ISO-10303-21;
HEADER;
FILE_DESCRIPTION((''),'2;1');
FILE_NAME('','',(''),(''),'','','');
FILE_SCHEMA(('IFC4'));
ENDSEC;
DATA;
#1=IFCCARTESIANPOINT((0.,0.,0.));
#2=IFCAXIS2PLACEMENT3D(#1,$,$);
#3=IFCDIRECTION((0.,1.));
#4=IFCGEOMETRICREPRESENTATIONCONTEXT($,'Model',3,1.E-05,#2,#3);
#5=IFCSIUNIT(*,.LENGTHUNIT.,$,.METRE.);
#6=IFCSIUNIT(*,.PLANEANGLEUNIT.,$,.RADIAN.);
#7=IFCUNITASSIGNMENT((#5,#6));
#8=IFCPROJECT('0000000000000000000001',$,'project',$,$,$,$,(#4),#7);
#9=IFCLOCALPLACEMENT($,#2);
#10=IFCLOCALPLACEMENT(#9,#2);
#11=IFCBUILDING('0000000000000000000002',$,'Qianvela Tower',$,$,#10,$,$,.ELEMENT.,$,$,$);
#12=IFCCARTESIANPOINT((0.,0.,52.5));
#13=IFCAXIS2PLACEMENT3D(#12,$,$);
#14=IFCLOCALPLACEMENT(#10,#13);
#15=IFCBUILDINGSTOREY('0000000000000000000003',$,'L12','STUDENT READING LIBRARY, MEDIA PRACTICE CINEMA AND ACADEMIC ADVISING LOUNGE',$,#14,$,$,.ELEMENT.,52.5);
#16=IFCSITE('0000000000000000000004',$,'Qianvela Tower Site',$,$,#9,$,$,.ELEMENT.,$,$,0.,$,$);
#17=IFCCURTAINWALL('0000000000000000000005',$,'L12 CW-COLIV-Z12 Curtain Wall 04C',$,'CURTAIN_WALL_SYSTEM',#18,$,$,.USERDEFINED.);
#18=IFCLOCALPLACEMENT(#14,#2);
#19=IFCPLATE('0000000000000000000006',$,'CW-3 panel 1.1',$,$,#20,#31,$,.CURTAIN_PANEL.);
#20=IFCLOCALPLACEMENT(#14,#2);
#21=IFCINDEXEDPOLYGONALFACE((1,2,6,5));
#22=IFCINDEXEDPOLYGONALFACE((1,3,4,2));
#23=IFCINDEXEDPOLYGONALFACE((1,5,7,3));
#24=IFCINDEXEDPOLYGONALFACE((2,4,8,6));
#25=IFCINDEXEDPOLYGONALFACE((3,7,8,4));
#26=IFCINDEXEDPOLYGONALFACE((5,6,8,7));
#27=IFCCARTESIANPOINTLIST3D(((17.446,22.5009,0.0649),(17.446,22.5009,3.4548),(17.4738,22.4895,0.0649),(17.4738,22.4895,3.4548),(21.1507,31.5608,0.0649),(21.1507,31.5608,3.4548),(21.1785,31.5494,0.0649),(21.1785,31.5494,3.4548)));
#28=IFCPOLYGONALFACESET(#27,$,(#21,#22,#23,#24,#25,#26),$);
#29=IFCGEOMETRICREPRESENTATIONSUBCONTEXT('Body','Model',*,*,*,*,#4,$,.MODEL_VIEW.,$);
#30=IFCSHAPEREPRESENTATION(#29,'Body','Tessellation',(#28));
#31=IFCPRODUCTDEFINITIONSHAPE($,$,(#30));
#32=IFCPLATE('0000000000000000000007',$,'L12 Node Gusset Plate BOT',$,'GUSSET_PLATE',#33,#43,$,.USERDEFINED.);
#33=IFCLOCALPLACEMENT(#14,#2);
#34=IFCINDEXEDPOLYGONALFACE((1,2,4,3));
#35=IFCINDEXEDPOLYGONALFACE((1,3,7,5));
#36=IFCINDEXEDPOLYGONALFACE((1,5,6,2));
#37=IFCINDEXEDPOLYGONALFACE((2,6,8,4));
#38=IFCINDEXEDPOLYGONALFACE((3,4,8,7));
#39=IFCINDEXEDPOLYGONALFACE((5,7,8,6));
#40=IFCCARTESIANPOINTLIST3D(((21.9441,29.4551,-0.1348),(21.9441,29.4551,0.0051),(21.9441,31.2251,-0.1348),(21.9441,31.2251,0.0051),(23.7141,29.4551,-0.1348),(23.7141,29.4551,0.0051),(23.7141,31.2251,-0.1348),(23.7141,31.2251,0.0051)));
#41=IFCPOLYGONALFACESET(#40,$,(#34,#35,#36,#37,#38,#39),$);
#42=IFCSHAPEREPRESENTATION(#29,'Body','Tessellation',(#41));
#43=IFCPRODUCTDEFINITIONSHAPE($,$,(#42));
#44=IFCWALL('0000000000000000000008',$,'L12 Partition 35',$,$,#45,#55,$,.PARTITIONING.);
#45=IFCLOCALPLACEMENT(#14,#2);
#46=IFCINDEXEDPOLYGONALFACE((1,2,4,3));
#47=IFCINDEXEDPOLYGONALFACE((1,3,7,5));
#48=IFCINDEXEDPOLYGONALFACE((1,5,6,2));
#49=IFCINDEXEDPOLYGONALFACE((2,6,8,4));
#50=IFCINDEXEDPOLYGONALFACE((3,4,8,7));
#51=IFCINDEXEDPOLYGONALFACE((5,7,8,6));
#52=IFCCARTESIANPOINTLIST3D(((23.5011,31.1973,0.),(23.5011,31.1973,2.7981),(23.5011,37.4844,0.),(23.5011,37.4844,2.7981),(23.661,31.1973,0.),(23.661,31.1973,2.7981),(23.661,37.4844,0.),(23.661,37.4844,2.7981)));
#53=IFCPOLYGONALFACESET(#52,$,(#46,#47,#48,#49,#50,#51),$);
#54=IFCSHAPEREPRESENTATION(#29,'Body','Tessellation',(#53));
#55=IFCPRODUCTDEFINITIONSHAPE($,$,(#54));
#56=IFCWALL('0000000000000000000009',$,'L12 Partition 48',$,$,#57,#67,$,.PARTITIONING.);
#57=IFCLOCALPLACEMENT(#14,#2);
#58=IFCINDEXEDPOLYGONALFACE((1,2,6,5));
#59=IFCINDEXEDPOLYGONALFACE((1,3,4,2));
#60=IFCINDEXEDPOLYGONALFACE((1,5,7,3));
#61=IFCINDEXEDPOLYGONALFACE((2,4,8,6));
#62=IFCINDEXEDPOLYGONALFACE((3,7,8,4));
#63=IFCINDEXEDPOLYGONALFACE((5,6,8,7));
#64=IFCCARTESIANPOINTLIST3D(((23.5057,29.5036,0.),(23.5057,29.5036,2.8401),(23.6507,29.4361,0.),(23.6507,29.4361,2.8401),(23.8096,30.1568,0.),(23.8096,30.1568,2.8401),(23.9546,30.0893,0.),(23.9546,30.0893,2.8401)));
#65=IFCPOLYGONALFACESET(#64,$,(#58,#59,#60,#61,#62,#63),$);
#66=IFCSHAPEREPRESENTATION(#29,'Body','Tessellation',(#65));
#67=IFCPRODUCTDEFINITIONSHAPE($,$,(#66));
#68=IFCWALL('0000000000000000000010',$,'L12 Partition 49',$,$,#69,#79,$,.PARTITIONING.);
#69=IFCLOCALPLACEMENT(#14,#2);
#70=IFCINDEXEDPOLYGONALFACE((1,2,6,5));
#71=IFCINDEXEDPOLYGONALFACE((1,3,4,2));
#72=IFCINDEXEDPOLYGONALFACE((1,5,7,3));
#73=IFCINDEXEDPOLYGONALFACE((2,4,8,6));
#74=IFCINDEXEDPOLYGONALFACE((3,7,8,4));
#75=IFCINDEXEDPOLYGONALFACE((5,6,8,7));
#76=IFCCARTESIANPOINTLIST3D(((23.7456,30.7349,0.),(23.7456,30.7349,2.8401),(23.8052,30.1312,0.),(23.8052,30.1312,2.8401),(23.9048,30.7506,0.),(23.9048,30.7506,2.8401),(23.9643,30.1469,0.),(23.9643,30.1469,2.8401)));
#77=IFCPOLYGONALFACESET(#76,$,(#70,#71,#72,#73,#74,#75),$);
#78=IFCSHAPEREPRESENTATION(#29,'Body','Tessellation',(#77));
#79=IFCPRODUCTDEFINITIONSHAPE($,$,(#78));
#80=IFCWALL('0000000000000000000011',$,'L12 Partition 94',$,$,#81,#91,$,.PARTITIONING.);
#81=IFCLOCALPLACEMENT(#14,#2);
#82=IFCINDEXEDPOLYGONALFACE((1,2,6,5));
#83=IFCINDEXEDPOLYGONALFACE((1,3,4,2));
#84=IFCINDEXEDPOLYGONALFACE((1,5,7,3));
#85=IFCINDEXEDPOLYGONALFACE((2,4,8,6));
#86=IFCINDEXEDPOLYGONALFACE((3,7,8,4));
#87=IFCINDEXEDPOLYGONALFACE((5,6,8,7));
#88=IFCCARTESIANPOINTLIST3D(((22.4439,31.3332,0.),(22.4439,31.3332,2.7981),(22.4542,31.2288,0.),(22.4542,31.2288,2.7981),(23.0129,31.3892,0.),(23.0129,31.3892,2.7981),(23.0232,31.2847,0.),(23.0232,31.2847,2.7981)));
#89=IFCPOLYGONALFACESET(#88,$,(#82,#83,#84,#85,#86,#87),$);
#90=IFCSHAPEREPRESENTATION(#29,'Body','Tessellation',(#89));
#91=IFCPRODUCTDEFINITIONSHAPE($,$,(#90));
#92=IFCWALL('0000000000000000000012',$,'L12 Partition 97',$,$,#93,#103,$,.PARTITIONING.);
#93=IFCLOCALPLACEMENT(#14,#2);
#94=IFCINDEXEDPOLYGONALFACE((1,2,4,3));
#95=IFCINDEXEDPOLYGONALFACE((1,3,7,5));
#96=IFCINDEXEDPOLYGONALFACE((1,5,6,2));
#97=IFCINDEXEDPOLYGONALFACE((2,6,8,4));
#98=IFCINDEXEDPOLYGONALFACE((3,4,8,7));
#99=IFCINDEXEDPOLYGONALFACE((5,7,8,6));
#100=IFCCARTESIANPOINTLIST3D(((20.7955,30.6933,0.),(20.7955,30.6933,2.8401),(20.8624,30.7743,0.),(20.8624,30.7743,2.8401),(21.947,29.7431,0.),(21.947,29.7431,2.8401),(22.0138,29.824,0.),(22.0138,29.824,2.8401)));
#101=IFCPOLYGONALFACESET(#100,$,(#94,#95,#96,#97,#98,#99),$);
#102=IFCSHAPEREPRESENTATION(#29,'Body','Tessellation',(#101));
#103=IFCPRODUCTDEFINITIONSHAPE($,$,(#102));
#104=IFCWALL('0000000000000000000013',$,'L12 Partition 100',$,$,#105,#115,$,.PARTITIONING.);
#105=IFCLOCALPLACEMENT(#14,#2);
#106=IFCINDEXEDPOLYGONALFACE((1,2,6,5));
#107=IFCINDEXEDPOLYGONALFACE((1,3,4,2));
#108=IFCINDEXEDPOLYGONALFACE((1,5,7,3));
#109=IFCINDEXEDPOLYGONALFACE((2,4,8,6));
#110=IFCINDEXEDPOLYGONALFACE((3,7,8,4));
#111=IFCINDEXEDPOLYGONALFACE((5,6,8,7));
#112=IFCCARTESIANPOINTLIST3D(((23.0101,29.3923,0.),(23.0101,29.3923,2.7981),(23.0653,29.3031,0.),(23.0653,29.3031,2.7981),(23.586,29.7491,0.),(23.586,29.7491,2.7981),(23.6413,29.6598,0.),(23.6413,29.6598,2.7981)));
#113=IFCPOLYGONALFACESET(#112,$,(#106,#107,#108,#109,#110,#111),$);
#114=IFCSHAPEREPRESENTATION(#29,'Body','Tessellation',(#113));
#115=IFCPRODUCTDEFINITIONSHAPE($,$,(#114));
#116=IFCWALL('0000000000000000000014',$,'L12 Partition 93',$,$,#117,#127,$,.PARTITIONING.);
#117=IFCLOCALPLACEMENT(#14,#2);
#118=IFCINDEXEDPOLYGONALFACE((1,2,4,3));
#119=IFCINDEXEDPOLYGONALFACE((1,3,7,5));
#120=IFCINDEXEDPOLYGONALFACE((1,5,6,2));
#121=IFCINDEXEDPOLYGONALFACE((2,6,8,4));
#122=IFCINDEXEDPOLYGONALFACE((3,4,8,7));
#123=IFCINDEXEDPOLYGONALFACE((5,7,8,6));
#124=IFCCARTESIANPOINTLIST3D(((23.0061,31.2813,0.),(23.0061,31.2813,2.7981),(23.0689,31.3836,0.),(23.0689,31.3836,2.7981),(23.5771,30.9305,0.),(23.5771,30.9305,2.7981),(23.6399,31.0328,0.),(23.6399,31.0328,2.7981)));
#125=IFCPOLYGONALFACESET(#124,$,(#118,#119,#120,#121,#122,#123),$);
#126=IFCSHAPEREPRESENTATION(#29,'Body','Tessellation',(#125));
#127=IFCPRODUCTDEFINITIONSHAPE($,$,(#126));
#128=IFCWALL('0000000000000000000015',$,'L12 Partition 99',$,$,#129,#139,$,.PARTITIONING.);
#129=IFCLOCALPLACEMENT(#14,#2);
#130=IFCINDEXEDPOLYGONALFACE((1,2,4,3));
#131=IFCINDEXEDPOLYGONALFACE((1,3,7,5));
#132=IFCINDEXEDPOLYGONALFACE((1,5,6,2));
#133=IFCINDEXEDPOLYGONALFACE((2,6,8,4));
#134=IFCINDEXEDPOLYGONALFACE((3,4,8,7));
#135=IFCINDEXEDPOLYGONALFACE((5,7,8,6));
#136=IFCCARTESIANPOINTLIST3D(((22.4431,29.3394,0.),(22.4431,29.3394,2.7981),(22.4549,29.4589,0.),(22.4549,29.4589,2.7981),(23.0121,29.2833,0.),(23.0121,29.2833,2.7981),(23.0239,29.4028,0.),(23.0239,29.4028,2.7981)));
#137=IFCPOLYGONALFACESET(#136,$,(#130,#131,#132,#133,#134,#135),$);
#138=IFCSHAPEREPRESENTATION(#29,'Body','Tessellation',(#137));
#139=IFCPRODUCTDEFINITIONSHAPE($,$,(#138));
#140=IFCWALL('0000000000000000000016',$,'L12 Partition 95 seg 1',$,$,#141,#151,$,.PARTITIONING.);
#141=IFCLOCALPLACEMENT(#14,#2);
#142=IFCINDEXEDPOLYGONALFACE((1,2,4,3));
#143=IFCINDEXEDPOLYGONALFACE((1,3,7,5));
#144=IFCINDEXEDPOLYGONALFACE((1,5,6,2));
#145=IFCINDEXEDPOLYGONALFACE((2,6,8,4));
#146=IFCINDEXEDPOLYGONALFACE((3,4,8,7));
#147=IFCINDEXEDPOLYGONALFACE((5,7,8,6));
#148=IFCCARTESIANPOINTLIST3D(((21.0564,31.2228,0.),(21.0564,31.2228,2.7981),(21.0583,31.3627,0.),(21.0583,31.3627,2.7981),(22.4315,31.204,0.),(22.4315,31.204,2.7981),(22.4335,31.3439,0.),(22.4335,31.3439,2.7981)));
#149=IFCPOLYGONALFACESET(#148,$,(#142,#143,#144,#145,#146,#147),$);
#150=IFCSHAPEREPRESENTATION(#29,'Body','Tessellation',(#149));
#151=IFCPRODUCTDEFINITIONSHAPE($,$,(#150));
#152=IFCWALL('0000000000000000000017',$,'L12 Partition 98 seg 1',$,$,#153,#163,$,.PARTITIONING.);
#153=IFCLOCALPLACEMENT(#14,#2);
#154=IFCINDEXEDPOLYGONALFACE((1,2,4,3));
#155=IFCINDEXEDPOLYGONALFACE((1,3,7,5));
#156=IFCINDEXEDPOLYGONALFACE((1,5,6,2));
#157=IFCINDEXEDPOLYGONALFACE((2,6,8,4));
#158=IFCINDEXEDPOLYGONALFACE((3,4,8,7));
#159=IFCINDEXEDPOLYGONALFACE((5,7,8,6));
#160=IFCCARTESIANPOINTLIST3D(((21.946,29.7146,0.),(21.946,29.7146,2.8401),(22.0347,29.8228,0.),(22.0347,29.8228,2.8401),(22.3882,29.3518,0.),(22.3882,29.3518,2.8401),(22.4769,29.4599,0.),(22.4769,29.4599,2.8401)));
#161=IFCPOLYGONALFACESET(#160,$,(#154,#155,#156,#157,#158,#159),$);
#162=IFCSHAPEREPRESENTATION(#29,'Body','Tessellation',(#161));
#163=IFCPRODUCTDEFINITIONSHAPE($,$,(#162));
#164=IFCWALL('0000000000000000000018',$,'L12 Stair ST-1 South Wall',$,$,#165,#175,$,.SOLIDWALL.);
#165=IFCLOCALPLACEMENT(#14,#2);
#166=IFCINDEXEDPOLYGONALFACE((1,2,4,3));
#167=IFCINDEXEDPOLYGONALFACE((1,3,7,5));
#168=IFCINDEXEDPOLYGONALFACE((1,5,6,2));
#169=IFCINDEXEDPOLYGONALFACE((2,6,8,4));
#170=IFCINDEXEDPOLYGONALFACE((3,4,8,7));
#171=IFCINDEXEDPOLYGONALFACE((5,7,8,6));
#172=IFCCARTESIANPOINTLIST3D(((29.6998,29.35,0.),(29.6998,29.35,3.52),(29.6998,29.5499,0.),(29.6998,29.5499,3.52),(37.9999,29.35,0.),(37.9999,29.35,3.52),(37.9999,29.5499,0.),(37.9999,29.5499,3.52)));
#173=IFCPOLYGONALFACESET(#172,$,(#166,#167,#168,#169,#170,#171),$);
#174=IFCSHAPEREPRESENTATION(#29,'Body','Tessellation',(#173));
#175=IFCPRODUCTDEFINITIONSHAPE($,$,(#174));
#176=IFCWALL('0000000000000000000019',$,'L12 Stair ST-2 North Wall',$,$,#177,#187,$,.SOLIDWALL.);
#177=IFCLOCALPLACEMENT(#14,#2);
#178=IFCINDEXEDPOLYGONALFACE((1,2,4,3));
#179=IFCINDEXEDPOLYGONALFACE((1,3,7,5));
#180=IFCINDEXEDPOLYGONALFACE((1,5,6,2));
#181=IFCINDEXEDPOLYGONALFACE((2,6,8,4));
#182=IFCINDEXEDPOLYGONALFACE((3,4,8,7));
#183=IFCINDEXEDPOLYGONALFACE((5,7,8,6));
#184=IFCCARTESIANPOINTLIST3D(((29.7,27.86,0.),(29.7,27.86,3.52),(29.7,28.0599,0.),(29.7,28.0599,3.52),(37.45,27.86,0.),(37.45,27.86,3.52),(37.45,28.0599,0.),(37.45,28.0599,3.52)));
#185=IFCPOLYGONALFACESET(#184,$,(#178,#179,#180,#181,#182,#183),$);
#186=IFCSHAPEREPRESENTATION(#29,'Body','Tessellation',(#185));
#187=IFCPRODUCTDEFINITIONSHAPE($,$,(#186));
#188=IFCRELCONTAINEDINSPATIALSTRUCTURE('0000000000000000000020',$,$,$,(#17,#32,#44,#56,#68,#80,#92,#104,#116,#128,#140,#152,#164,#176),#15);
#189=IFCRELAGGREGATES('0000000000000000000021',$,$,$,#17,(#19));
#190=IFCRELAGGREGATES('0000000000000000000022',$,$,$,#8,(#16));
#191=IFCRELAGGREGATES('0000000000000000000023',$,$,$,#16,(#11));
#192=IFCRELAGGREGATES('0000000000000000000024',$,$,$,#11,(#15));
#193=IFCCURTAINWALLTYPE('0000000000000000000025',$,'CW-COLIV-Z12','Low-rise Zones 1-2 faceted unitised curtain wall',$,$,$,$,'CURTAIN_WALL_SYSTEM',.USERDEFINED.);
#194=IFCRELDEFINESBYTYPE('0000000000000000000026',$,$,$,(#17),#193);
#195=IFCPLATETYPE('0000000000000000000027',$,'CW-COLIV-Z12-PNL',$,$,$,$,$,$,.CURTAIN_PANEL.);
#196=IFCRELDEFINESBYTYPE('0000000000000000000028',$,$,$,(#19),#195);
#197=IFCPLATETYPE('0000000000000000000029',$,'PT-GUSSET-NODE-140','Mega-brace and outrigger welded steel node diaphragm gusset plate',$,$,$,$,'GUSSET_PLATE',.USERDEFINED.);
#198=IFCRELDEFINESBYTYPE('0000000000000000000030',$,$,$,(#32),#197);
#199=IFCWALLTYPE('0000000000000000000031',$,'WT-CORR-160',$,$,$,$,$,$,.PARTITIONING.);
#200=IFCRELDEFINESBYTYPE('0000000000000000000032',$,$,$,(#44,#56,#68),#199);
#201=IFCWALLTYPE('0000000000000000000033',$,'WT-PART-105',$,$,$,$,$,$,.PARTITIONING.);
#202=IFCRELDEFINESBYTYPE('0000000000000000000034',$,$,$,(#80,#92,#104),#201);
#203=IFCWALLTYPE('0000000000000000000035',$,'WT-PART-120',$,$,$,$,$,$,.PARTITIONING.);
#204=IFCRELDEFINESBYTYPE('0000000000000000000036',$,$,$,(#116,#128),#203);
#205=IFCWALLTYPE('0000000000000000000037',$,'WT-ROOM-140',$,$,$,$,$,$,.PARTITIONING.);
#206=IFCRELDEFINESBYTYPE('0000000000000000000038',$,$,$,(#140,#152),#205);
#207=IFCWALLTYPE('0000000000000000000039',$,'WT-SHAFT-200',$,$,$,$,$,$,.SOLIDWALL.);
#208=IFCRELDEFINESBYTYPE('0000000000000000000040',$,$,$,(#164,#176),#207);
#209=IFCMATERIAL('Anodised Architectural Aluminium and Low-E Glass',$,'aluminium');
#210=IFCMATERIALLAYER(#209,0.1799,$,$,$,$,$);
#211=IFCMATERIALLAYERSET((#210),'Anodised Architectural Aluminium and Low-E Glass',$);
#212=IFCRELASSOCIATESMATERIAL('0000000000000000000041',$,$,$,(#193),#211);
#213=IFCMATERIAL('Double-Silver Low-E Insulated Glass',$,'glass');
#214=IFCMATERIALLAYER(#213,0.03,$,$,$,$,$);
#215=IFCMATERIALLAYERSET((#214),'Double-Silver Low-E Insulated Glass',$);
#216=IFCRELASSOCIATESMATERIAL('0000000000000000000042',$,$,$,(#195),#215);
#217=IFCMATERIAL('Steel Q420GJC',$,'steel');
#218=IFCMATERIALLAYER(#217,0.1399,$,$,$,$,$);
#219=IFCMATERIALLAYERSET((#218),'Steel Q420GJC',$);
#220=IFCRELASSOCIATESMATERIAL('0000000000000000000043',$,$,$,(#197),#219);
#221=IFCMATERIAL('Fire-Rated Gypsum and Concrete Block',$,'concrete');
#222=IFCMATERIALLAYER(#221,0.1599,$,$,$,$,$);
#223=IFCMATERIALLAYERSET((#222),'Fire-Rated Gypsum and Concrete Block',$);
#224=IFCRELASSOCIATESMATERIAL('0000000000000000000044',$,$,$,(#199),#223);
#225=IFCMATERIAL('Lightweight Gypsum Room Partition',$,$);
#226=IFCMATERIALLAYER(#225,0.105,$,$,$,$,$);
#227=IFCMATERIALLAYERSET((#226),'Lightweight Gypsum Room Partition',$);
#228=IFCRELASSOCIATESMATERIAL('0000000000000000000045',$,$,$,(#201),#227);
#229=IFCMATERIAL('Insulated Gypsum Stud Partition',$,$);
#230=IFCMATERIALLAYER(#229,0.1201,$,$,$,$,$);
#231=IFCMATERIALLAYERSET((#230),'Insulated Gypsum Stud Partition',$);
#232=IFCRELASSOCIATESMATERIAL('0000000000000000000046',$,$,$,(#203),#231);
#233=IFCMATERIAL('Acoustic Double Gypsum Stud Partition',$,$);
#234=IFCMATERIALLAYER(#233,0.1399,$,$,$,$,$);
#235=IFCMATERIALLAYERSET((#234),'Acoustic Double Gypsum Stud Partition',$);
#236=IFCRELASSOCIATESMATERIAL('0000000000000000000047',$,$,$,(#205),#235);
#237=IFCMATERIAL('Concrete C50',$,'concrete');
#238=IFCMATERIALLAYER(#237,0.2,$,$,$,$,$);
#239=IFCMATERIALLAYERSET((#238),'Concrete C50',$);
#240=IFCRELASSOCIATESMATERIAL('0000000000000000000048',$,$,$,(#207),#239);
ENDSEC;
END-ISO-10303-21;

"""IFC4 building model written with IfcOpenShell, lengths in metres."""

from ifc_helpers import new_model, si_unit, direction, frame, frame_2d, origin, origin_2d, place, context, subcontext, project, spatial, rectangle, extrude, material, layer, layer_set, type_object, element, aggregate, save


model = new_model("IFC4")

# Units and contexts
model_context = context("Model", 3, precision=1e-05, world=origin(), true_north=direction((0.0, 1.0)))
body_context = subcontext(model_context, "Body", "Model", "MODEL_VIEW")
ifc_project = project(units=[si_unit("LENGTHUNIT", "METRE"), si_unit("PLANEANGLEUNIT", "RADIAN")], contexts=[model_context])

# Site, building, storey
site_placement = place(None, origin())
site = spatial("IfcSite", under=ifc_project, at=site_placement, Name="Qianvela Tower Site", CompositionType="ELEMENT", RefElevation=0.0)
building_placement = place(site_placement, origin())
building = spatial("IfcBuilding", under=site, at=building_placement, Name="Qianvela Tower", CompositionType="ELEMENT")
storey_placement = place(building_placement, frame((0.0, 0.0, 52.5)))
storey = spatial("IfcBuildingStorey", under=building, at=storey_placement, Name="L12", Description="STUDENT READING LIBRARY, MEDIA PRACTICE CINEMA AND ACADEMIC ADVISING LOUNGE", CompositionType="ELEMENT", Elevation=52.5)

# Curtain wall, plate
ifc_material_1 = material(Name="Anodised Architectural Aluminium and Low-E Glass", Category="aluminium")
ifc_layer_1 = layer(ifc_material_1, 0.1799)
ifc_layer_set_1 = layer_set([ifc_layer_1], Name="Anodised Architectural Aluminium and Low-E Glass")
curtain_wall_type = type_object("IfcCurtainWallType", Name="CW-COLIV-Z12", Description="Low-rise Zones 1-2 faceted unitised curtain wall", ElementType="CURTAIN_WALL_SYSTEM", PredefinedType="USERDEFINED", material=ifc_layer_set_1)
curtain_wall_placement = place(storey_placement, origin())
curtain_wall = element("IfcCurtainWall", 1, at=curtain_wall_placement, inside=storey, type_object=curtain_wall_type, Name="L12 CW-COLIV-Z12 Curtain Wall 04C", ObjectType="CURTAIN_WALL_SYSTEM", PredefinedType="USERDEFINED")
ifc_material_2 = material(Name="Double-Silver Low-E Insulated Glass", Category="glass")
ifc_layer_2 = layer(ifc_material_2, 0.03)
ifc_layer_set_2 = layer_set([ifc_layer_2], Name="Double-Silver Low-E Insulated Glass")
plate_type_1 = type_object("IfcPlateType", Name="CW-COLIV-Z12-PNL", PredefinedType="CURTAIN_PANEL", material=ifc_layer_set_2)
plate_1_placement = place(storey_placement, frame((19.3123, 27.0251, 0.0649), z_axis=(0.0, 0.0, 1.0), x_axis=(-0.378495, -0.925603, 0.0)))
plate_1 = element("IfcPlate", 2, at=plate_1_placement, type_object=plate_type_1, Name="CW-3 panel 1.1", PredefinedType="CURTAIN_PANEL", context=body_context, shape_type="SweptSolid", body=[
    extrude(rectangle(XDim=9.7881, YDim=0.03, at=origin_2d()), origin(), (0.0, 0.0, 1.0), 3.3899),
])
aggregate(curtain_wall, [plate_1])

# Plate
ifc_material_3 = material(Name="Steel Q420GJC", Category="steel")
ifc_layer_3 = layer(ifc_material_3, 0.1399)
ifc_layer_set_3 = layer_set([ifc_layer_3], Name="Steel Q420GJC")
plate_type_2 = type_object("IfcPlateType", Name="PT-GUSSET-NODE-140", Description="Mega-brace and outrigger welded steel node diaphragm gusset plate", ElementType="GUSSET_PLATE", PredefinedType="USERDEFINED", material=ifc_layer_set_3)
plate_2_placement = place(storey_placement, frame((22.8291, 30.3401, -0.1348), z_axis=(0.0, 0.0, 1.0), x_axis=(1.0, 0.0, 0.0)))
element("IfcPlate", 3, at=plate_2_placement, inside=storey, type_object=plate_type_2, Name="L12 Node Gusset Plate BOT", ObjectType="GUSSET_PLATE", PredefinedType="USERDEFINED", context=body_context, shape_type="SweptSolid", body=[
    extrude(rectangle(XDim=1.77, YDim=1.77, at=origin_2d()), origin(), (0.0, 0.0, 1.0), 0.1399),
])

# Walls
ifc_material_4 = material(Name="Fire-Rated Gypsum and Concrete Block", Category="concrete")
ifc_layer_4 = layer(ifc_material_4, 0.1599)
ifc_layer_set_4 = layer_set([ifc_layer_4], Name="Fire-Rated Gypsum and Concrete Block")
wall_type_1 = type_object("IfcWallType", Name="WT-CORR-160", PredefinedType="PARTITIONING", material=ifc_layer_set_4)
wall_1_placement = place(storey_placement, frame((23.5811, 31.1973, 0.0), z_axis=(0.0, 0.0, 1.0), x_axis=(0.0, 1.0, 0.0)))
element("IfcWall", 4, at=wall_1_placement, inside=storey, type_object=wall_type_1, Name="L12 Partition 35", PredefinedType="PARTITIONING", context=body_context, shape_type="SweptSolid", body=[
    extrude(rectangle(XDim=6.2871, YDim=0.1599, at=frame_2d((3.1436, 0.0))), origin(), (0.0, 0.0, 1.0), 2.7981),
])
wall_2_placement = place(storey_placement, frame((23.5781, 29.4697, 0.0), z_axis=(0.0, 0.0, 1.0), x_axis=(0.421828, 0.906676, 0.0)))
element("IfcWall", 5, at=wall_2_placement, inside=storey, type_object=wall_type_1, Name="L12 Partition 48", PredefinedType="PARTITIONING", context=body_context, shape_type="SweptSolid", body=[
    extrude(rectangle(XDim=0.7205, YDim=0.1599, at=frame_2d((0.3604, 0.0))), origin(), (0.0, 0.0, 1.0), 2.8401),
])
wall_3_placement = place(storey_placement, frame((23.8848, 30.1392, 0.0), z_axis=(0.0, 0.0, 1.0), x_axis=(-0.098189, 0.995168, 0.0)))
element("IfcWall", 6, at=wall_3_placement, inside=storey, type_object=wall_type_1, Name="L12 Partition 49", PredefinedType="PARTITIONING", context=body_context, shape_type="SweptSolid", body=[
    extrude(rectangle(XDim=0.6067, YDim=0.1599, at=frame_2d((0.3032, 0.0))), origin(), (0.0, 0.0, 1.0), 2.8401),
])
ifc_material_5 = material(Name="Lightweight Gypsum Room Partition")
ifc_layer_5 = layer(ifc_material_5, 0.105)
ifc_layer_set_5 = layer_set([ifc_layer_5], Name="Lightweight Gypsum Room Partition")
wall_type_2 = type_object("IfcWallType", Name="WT-PART-105", PredefinedType="PARTITIONING", material=ifc_layer_set_5)
wall_4_placement = place(storey_placement, frame((23.0181, 31.3369, 0.0), z_axis=(0.0, 0.0, 1.0), x_axis=(-0.995209, -0.09777, 0.0)))
element("IfcWall", 7, at=wall_4_placement, inside=storey, type_object=wall_type_2, Name="L12 Partition 94", PredefinedType="PARTITIONING", context=body_context, shape_type="SweptSolid", body=[
    extrude(rectangle(XDim=0.5718, YDim=0.105, at=frame_2d((0.2859, 0.0))), origin(), (0.0, 0.0, 1.0), 2.7981),
])
wall_5_placement = place(storey_placement, frame((20.8289, 30.7339, 0.0), z_axis=(0.0, 0.0, 1.0), x_axis=(0.771269, -0.636509, 0.0)))
element("IfcWall", 8, at=wall_5_placement, inside=storey, type_object=wall_type_2, Name="L12 Partition 97", PredefinedType="PARTITIONING", context=body_context, shape_type="SweptSolid", body=[
    extrude(rectangle(XDim=1.4929, YDim=0.105, at=frame_2d((0.7466, 0.0))), origin(), (0.0, 0.0, 1.0), 2.8401),
])
wall_6_placement = place(storey_placement, frame((23.0376, 29.3477, 0.0), z_axis=(0.0, 0.0, 1.0), x_axis=(0.850158, 0.526528, 0.0)))
element("IfcWall", 9, at=wall_6_placement, inside=storey, type_object=wall_type_2, Name="L12 Partition 100", PredefinedType="PARTITIONING", context=body_context, shape_type="SweptSolid", body=[
    extrude(rectangle(XDim=0.6775, YDim=0.105, at=frame_2d((0.3389, 0.0))), origin(), (0.0, 0.0, 1.0), 2.7981),
])
ifc_material_6 = material(Name="Insulated Gypsum Stud Partition")
ifc_layer_6 = layer(ifc_material_6, 0.1201)
ifc_layer_set_6 = layer_set([ifc_layer_6], Name="Insulated Gypsum Stud Partition")
wall_type_3 = type_object("IfcWallType", Name="WT-PART-120", PredefinedType="PARTITIONING", material=ifc_layer_set_6)
wall_7_placement = place(storey_placement, frame((23.6084, 30.9817, 0.0), z_axis=(0.0, 0.0, 1.0), x_axis=(-0.852046, 0.523467, 0.0)))
element("IfcWall", 10, at=wall_7_placement, inside=storey, type_object=wall_type_3, Name="L12 Partition 93", PredefinedType="PARTITIONING", context=body_context, shape_type="SweptSolid", body=[
    extrude(rectangle(XDim=0.6702, YDim=0.1201, at=frame_2d((0.335, 0.0))), origin(), (0.0, 0.0, 1.0), 2.7981),
])
wall_8_placement = place(storey_placement, frame((22.449, 29.3992, 0.0), z_axis=(0.0, 0.0, 1.0), x_axis=(0.995167, -0.098193, 0.0)))
element("IfcWall", 11, at=wall_8_placement, inside=storey, type_object=wall_type_3, Name="L12 Partition 99", PredefinedType="PARTITIONING", context=body_context, shape_type="SweptSolid", body=[
    extrude(rectangle(XDim=0.5718, YDim=0.1201, at=frame_2d((0.2859, 0.0))), origin(), (0.0, 0.0, 1.0), 2.7981),
])
ifc_material_7 = material(Name="Acoustic Double Gypsum Stud Partition")
ifc_layer_7 = layer(ifc_material_7, 0.1399)
ifc_layer_set_7 = layer_set([ifc_layer_7], Name="Acoustic Double Gypsum Stud Partition")
wall_type_4 = type_object("IfcWallType", Name="WT-ROOM-140", PredefinedType="PARTITIONING", material=ifc_layer_set_7)
wall_9_placement = place(storey_placement, frame((22.4324, 31.2739, 0.0), z_axis=(0.0, 0.0, 1.0), x_axis=(-0.999907, 0.013671, 0.0)))
element("IfcWall", 12, at=wall_9_placement, inside=storey, type_object=wall_type_4, Name="L12 Partition 95 seg 1", PredefinedType="PARTITIONING", context=body_context, shape_type="SweptSolid", body=[
    extrude(rectangle(XDim=1.3752, YDim=0.1399, at=frame_2d((0.6875, 0.0))), origin(), (0.0, 0.0, 1.0), 2.7981),
])
wall_10_placement = place(storey_placement, frame((21.9902, 29.7688, 0.0), z_axis=(0.0, 0.0, 1.0), x_axis=(0.773063, -0.63433, 0.0)))
element("IfcWall", 13, at=wall_10_placement, inside=storey, type_object=wall_type_4, Name="L12 Partition 98 seg 1", PredefinedType="PARTITIONING", context=body_context, shape_type="SweptSolid", body=[
    extrude(rectangle(XDim=0.572, YDim=0.1399, at=frame_2d((0.2861, 0.0))), origin(), (0.0, 0.0, 1.0), 2.8401),
])
ifc_material_8 = material(Name="Concrete C50", Category="concrete")
ifc_layer_8 = layer(ifc_material_8, 0.2)
ifc_layer_set_8 = layer_set([ifc_layer_8], Name="Concrete C50")
wall_type_5 = type_object("IfcWallType", Name="WT-SHAFT-200", PredefinedType="SOLIDWALL", material=ifc_layer_set_8)
wall_11_placement = place(storey_placement, frame((29.7, 29.45, 0.0), z_axis=(0.0, 0.0, 1.0), x_axis=(1.0, 0.0, 0.0)))
element("IfcWall", 14, at=wall_11_placement, inside=storey, type_object=wall_type_5, Name="L12 Stair ST-1 South Wall", PredefinedType="SOLIDWALL", context=body_context, shape_type="SweptSolid", body=[
    extrude(rectangle(XDim=8.3, YDim=0.2, at=frame_2d((4.1499, 0.0))), origin(), (0.0, 0.0, 1.0), 3.52),
])
wall_12_placement = place(storey_placement, frame((29.7, 27.96, 0.0), z_axis=(0.0, 0.0, 1.0), x_axis=(1.0, 0.0, 0.0)))
element("IfcWall", 15, at=wall_12_placement, inside=storey, type_object=wall_type_5, Name="L12 Stair ST-2 North Wall", PredefinedType="SOLIDWALL", context=body_context, shape_type="SweptSolid", body=[
    extrude(rectangle(XDim=7.75, YDim=0.2, at=frame_2d((3.875, 0.0))), origin(), (0.0, 0.0, 1.0), 3.52),
])

save(model, "model.ifc")
